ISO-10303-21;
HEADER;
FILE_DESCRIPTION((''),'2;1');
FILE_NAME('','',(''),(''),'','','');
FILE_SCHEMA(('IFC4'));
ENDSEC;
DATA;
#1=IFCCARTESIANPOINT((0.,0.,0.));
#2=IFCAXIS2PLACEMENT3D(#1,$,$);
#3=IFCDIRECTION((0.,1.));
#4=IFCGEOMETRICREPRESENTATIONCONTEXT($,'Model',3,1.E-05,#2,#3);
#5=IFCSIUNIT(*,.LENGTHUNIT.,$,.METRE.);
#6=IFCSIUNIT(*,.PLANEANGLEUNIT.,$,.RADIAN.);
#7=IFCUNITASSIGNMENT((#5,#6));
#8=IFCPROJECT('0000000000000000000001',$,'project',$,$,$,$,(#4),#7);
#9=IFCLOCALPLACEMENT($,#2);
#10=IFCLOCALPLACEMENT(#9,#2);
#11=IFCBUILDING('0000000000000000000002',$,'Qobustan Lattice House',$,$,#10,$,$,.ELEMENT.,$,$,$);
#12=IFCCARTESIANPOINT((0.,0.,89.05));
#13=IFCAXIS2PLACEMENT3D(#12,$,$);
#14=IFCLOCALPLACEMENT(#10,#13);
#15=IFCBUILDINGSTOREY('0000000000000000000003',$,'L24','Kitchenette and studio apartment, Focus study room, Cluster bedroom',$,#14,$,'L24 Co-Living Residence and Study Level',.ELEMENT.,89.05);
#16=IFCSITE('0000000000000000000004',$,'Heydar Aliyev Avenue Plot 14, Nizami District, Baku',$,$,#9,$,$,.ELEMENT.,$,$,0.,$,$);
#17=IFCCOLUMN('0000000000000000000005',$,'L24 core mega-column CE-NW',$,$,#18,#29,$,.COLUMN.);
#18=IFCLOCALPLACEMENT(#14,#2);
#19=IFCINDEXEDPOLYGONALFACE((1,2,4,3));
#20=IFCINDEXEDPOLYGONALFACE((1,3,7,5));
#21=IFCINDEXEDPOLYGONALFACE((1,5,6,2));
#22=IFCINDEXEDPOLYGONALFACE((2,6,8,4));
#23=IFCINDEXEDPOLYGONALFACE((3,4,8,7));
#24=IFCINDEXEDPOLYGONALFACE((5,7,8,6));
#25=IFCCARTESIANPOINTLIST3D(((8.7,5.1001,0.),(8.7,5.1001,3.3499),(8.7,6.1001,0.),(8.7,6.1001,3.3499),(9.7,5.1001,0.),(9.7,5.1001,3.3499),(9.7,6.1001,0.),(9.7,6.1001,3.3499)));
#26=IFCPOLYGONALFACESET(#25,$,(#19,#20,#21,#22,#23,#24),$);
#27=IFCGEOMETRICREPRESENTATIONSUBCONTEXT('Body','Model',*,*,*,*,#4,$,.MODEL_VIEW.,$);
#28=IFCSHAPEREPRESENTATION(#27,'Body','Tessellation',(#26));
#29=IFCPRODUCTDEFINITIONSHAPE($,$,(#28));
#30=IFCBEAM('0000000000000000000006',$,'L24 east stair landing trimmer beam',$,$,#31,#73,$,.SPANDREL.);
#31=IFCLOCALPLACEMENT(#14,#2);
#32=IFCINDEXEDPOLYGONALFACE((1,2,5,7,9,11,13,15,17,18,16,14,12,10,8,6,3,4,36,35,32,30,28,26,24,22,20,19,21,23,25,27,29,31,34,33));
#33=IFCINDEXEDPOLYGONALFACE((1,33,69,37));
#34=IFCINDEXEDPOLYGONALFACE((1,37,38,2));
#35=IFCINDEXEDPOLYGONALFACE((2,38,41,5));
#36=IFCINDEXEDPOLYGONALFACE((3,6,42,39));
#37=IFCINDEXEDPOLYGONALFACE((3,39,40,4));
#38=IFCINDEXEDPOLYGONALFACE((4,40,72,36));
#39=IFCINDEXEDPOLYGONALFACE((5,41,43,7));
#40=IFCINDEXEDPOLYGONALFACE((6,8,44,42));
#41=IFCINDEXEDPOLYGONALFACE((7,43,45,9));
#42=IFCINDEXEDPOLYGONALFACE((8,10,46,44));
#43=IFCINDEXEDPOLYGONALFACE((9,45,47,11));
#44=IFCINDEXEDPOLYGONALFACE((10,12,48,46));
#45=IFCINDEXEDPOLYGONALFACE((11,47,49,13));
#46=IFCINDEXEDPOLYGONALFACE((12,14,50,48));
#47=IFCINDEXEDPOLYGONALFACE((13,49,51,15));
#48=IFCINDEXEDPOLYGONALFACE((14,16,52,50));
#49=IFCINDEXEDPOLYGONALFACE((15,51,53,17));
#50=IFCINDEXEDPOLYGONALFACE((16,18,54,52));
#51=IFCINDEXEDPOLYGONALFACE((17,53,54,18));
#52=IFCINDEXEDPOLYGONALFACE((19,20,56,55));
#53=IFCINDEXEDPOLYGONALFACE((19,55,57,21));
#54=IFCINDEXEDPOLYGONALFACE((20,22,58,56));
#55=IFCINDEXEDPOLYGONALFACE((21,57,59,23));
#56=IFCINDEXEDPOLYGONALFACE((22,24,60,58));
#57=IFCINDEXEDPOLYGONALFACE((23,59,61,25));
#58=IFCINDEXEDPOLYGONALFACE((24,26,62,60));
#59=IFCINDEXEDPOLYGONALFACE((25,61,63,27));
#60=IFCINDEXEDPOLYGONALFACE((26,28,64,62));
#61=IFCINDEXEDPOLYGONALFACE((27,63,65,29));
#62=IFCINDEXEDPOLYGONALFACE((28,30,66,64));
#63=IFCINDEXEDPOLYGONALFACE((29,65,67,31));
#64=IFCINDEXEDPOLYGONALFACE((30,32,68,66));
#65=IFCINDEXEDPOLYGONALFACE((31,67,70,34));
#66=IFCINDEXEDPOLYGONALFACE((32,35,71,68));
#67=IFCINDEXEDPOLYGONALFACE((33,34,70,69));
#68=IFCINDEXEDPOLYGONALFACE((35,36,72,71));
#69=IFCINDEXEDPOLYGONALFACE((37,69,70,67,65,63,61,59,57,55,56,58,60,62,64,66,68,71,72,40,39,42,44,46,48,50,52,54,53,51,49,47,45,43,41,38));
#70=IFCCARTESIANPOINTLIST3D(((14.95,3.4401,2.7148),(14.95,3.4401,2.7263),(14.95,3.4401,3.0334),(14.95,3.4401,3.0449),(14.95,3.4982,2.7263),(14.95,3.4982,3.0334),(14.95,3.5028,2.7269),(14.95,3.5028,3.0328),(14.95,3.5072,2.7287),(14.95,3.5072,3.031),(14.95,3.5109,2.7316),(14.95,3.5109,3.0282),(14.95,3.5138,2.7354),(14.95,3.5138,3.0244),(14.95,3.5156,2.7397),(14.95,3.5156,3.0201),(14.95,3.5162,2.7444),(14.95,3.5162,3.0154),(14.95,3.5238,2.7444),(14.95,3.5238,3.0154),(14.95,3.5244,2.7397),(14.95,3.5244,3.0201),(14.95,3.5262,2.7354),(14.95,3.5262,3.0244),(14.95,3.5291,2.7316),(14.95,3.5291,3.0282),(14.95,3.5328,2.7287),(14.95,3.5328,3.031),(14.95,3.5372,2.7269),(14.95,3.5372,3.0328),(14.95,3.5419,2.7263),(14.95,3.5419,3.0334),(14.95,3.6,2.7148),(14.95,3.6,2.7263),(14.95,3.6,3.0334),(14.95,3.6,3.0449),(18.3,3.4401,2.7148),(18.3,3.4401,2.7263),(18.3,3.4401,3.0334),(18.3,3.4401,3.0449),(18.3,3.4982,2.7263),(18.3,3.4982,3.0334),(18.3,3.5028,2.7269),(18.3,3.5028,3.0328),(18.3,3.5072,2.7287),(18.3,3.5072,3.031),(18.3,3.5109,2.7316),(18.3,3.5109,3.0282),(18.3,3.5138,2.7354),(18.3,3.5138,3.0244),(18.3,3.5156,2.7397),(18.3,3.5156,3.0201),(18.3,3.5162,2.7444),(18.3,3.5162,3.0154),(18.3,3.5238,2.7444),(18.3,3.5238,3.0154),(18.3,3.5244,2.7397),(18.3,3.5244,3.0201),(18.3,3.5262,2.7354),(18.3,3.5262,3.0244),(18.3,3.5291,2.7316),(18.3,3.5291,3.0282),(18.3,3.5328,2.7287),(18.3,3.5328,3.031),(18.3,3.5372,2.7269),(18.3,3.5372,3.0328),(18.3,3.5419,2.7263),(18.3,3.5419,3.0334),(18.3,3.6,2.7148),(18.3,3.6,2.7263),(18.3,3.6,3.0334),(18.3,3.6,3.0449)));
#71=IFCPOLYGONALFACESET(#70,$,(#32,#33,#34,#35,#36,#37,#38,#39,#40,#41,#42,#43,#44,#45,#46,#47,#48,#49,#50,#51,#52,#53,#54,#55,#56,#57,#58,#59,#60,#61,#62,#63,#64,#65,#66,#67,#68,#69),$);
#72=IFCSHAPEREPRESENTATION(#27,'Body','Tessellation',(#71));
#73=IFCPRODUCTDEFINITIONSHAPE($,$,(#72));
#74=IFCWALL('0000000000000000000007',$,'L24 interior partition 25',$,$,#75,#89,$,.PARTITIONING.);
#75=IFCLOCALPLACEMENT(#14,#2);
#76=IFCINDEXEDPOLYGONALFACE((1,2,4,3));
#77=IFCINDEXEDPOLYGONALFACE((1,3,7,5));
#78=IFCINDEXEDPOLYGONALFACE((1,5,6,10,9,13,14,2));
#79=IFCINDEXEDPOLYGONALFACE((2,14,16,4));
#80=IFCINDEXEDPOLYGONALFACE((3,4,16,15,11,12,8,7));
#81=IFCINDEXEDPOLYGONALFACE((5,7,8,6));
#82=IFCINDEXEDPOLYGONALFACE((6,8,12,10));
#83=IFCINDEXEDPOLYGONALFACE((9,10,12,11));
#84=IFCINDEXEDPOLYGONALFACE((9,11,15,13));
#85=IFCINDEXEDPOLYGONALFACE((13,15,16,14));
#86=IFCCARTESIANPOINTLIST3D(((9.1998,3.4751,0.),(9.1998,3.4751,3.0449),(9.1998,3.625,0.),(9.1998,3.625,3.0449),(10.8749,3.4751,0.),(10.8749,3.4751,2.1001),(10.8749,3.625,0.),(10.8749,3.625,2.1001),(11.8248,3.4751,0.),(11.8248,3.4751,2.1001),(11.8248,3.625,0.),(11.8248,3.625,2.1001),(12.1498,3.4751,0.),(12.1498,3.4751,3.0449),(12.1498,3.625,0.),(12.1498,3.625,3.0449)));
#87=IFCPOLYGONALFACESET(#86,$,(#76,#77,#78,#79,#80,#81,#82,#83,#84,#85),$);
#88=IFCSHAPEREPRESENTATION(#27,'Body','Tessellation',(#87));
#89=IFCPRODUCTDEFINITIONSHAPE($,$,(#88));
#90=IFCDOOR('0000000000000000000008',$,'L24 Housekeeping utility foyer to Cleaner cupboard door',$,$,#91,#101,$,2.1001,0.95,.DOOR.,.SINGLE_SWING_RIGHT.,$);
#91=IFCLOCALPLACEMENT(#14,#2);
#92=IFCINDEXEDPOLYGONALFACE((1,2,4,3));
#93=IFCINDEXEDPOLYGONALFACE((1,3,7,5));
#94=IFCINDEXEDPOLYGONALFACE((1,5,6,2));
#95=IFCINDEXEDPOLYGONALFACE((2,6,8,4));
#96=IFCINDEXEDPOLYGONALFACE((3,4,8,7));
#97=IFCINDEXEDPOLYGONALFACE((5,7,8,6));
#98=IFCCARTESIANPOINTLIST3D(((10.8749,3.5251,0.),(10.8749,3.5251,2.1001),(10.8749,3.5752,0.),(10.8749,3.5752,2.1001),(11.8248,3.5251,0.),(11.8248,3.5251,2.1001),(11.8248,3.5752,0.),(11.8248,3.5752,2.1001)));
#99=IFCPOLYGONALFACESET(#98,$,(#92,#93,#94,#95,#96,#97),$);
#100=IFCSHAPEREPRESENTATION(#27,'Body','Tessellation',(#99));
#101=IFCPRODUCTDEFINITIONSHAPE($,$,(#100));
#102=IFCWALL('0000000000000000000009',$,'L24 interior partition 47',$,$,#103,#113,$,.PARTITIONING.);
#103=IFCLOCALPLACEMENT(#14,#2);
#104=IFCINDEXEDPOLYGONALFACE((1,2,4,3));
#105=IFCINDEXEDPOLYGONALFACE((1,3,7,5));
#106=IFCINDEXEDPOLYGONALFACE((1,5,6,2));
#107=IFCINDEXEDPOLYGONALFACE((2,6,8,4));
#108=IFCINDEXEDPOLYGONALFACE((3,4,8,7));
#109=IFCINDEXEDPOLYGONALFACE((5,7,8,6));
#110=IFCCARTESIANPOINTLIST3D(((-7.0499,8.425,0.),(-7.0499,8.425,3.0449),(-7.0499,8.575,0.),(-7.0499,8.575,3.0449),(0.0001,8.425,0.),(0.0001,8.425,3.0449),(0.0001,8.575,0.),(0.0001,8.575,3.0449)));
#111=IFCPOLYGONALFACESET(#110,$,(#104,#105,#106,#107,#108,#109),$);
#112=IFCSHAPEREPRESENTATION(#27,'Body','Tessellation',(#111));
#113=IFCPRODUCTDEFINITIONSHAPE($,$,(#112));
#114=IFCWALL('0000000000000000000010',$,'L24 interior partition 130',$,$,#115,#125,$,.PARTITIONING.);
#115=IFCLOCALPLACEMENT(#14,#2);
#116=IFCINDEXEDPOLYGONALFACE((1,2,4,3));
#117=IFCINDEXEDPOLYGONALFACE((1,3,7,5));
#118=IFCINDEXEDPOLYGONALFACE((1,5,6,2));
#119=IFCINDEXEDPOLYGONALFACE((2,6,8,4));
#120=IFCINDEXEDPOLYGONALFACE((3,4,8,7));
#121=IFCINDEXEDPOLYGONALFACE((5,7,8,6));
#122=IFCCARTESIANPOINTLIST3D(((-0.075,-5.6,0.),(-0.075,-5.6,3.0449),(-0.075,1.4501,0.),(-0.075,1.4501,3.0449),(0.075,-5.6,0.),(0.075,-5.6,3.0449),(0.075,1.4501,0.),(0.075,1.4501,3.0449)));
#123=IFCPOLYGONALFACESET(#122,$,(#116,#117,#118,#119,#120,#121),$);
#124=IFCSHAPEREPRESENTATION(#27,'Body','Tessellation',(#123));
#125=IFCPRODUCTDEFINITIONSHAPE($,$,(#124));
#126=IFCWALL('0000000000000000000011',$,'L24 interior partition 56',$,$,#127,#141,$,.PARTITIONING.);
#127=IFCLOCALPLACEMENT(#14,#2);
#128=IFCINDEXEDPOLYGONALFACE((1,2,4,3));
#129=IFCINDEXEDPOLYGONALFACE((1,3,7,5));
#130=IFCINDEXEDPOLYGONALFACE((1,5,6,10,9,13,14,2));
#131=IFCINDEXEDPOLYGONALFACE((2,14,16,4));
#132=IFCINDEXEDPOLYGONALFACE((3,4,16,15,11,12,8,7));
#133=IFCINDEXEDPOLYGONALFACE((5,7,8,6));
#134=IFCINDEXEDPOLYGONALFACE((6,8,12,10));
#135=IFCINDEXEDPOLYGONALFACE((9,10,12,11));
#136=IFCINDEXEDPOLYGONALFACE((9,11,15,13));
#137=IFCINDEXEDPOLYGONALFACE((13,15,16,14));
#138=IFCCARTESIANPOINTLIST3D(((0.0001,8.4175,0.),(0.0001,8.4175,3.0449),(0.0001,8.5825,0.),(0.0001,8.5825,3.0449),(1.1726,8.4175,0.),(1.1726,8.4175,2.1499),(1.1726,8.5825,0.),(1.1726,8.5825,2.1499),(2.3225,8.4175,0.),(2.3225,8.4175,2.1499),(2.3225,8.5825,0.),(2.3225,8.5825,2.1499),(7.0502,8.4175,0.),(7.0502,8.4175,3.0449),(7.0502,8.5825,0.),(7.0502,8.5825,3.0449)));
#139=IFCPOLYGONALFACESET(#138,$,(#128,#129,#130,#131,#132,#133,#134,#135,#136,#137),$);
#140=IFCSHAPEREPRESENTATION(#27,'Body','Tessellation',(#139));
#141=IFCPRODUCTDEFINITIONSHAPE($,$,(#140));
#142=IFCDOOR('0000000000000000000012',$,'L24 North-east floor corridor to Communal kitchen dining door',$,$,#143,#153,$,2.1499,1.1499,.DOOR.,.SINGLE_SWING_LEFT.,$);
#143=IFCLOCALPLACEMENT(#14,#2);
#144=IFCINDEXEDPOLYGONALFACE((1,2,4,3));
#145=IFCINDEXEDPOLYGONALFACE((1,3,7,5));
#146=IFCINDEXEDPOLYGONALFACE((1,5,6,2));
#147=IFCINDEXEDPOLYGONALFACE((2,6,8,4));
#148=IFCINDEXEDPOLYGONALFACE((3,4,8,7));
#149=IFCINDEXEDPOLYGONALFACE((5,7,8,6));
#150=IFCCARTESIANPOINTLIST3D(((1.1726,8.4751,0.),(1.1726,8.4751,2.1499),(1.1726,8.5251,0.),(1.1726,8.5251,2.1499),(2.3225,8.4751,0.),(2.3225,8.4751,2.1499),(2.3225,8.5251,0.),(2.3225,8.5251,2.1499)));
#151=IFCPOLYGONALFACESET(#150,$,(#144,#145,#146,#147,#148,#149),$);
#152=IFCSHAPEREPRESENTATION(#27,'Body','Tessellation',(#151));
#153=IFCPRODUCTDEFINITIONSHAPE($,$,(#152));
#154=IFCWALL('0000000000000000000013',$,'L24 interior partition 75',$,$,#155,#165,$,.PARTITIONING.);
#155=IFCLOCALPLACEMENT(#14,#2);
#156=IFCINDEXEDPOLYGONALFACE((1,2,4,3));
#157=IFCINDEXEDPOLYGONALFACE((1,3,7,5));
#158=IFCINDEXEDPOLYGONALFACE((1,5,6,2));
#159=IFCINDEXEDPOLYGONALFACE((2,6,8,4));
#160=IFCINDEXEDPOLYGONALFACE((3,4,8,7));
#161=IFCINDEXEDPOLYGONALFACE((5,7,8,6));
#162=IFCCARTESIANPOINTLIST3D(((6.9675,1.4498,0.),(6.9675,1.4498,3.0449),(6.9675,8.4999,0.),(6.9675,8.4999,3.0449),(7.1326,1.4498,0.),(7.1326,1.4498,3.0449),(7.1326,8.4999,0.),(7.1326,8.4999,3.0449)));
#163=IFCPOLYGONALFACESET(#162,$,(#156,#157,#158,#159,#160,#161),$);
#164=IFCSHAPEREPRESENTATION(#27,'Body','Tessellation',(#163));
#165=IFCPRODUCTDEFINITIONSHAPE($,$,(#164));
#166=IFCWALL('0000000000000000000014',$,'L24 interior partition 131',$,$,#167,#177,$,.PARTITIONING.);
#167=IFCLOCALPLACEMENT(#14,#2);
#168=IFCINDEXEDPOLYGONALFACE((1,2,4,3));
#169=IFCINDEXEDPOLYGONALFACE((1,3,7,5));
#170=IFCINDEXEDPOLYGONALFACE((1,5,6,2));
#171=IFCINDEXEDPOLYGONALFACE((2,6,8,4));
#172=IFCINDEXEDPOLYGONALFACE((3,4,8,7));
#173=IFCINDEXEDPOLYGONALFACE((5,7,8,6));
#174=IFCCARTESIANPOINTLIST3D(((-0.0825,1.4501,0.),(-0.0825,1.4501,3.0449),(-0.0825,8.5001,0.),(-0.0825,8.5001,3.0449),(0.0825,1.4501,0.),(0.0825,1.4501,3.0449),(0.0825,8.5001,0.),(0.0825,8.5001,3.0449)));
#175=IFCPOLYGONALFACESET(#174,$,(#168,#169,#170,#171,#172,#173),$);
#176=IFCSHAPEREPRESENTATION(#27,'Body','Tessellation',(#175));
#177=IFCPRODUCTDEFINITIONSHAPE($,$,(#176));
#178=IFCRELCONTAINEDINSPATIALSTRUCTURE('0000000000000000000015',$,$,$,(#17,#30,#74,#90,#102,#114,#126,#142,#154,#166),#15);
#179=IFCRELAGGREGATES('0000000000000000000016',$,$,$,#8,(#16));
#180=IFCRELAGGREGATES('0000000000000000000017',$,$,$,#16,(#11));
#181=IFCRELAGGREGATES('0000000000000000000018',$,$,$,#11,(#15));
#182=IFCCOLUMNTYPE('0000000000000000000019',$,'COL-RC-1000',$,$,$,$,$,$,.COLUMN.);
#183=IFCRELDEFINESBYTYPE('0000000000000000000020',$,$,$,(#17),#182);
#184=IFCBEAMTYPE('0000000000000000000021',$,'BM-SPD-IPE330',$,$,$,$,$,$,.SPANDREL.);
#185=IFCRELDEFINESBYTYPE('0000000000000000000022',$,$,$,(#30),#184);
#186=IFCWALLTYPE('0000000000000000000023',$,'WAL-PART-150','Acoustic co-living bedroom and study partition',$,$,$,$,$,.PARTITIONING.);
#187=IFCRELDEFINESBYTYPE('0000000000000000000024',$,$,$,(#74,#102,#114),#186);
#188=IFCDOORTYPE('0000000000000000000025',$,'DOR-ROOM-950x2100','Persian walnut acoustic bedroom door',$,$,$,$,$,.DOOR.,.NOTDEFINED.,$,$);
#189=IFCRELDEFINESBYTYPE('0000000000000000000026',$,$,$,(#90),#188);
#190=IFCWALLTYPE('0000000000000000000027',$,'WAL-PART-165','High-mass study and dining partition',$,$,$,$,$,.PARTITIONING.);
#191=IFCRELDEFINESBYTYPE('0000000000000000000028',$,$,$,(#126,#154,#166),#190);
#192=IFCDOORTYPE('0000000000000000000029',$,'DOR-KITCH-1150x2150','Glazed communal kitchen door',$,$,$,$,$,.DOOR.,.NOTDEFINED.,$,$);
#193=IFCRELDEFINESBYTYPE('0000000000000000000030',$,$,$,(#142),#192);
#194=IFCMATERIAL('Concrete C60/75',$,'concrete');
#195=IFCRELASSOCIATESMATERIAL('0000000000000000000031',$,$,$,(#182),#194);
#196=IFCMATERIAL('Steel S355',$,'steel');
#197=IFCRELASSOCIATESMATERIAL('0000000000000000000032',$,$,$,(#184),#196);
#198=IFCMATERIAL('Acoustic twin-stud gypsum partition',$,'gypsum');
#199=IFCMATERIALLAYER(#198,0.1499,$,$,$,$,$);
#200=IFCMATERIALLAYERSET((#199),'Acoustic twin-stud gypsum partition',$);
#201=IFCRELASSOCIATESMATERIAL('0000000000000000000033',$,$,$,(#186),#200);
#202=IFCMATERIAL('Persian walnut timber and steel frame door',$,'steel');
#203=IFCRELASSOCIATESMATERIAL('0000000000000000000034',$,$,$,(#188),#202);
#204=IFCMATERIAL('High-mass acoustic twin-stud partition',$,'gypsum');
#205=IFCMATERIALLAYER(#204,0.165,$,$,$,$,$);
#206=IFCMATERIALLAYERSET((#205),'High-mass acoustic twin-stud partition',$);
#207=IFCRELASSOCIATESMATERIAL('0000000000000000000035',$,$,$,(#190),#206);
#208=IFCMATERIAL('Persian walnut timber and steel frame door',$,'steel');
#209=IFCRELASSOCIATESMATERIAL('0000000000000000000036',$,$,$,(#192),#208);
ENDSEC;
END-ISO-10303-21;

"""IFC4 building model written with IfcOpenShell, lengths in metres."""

from ifc_helpers import new_model, si_unit, direction, frame, frame_2d, origin, origin_2d, place, context, subcontext, project, spatial, rectangle, i_section, extrude, material, layer, layer_set, material_profile, profile_set, type_object, element, fill, save


model = new_model("IFC4")

# Units and contexts
model_context = context("Model", 3, precision=1e-05, world=origin(), true_north=direction((0.0, 1.0)))
body_context = subcontext(model_context, "Body", "Model", "MODEL_VIEW")
ifc_project = project(units=[si_unit("LENGTHUNIT", "METRE"), si_unit("PLANEANGLEUNIT", "RADIAN")], contexts=[model_context])

# Site, building, storey
site_placement = place(None, origin())
site = spatial("IfcSite", under=ifc_project, at=site_placement, Name="Heydar Aliyev Avenue Plot 14, Nizami District, Baku", CompositionType="ELEMENT", RefElevation=0.0)
building_placement = place(site_placement, origin())
building = spatial("IfcBuilding", under=site, at=building_placement, Name="Qobustan Lattice House", CompositionType="ELEMENT")
storey_placement = place(building_placement, frame((0.0, 0.0, 89.05)))
storey = spatial("IfcBuildingStorey", under=building, at=storey_placement, Name="L24", Description="Kitchenette and studio apartment, Focus study room, Cluster bedroom", LongName="L24 Co-Living Residence and Study Level", CompositionType="ELEMENT", Elevation=89.05)

# Column
ifc_material_1 = material(Name="Concrete C60/75", Category="concrete")
ifc_material_profile_1 = material_profile(ifc_material_1, rectangle(XDim=1.0, YDim=1.0, at=origin_2d()), Name="RC1000x1000")
ifc_profile_set_1 = profile_set([ifc_material_profile_1], Name="Concrete C60/75")
column_type = type_object("IfcColumnType", Name="COL-RC-1000", PredefinedType="COLUMN", material=ifc_profile_set_1)
column_placement = place(storey_placement, frame((9.2, 5.6001, 0.0), z_axis=(0.0, 0.0, 1.0), x_axis=(1.0, 0.0, 0.0)))
element("IfcColumn", 1, at=column_placement, inside=storey, type_object=column_type, Name="L24 core mega-column CE-NW", PredefinedType="COLUMN", context=body_context, shape_type="SweptSolid", body=[
    extrude(rectangle(XDim=1.0, YDim=1.0, at=origin_2d()), origin(), (0.0, 0.0, 1.0), 3.3499),
])

# Beam
ifc_material_2 = material(Name="Steel S355", Category="steel")
ifc_material_profile_2 = material_profile(ifc_material_2, i_section(OverallWidth=0.1599, OverallDepth=0.3301, WebThickness=0.0076, FlangeThickness=0.0115, FilletRadius=0.0181, at=origin_2d()), Name="IPE330")
ifc_profile_set_2 = profile_set([ifc_material_profile_2], Name="Steel S355")
beam_type = type_object("IfcBeamType", Name="BM-SPD-IPE330", PredefinedType="SPANDREL", material=ifc_profile_set_2)
beam_placement = place(storey_placement, frame((14.95, 3.52, 2.8799), z_axis=(1.0, 0.0, 0.0), x_axis=(0.0, 1.0, 0.0)))
element("IfcBeam", 2, at=beam_placement, inside=storey, type_object=beam_type, Name="L24 east stair landing trimmer beam", PredefinedType="SPANDREL", context=body_context, shape_type="SweptSolid", body=[
    extrude(i_section(OverallWidth=0.1599, OverallDepth=0.3301, WebThickness=0.0076, FlangeThickness=0.0115, FilletRadius=0.0181, at=origin_2d()), origin(), (0.0, 0.0, 1.0), 3.3501),
])

# Wall, opening, door
ifc_material_3 = material(Name="Acoustic twin-stud gypsum partition", Category="gypsum")
ifc_layer_1 = layer(ifc_material_3, 0.1499)
ifc_layer_set_1 = layer_set([ifc_layer_1], Name="Acoustic twin-stud gypsum partition")
wall_type_1 = type_object("IfcWallType", Name="WAL-PART-150", Description="Acoustic co-living bedroom and study partition", PredefinedType="PARTITIONING", material=ifc_layer_set_1)
wall_1_placement = place(storey_placement, frame((12.1499, 3.55, 0.0), z_axis=(0.0, 0.0, 1.0), x_axis=(-1.0, 0.0, 0.0)))
wall_1 = element("IfcWall", 3, at=wall_1_placement, inside=storey, type_object=wall_type_1, Name="L24 interior partition 25", PredefinedType="PARTITIONING", context=body_context, shape_type="SweptSolid", body=[
    extrude(rectangle(XDim=2.95, YDim=0.1499, at=frame_2d((1.4751, 0.0))), origin(), (0.0, 0.0, 1.0), 3.0449),
])
opening_1_placement = place(wall_1_placement, frame((0.325, 0.0, 0.0)))
opening_1 = element("IfcOpeningElement", 4, at=opening_1_placement, cuts=wall_1, PredefinedType="OPENING", context=body_context, shape_type="SweptSolid", body=[
    extrude(rectangle(XDim=0.95, YDim=2.1001, at=frame_2d((0.4751, 1.05))), frame((0.0, 0.085, 0.0), z_axis=(0.0, -1.0, 0.0), x_axis=(1.0, 0.0, 0.0)), (0.0, 0.0, 1.0), 0.1699),
])
ifc_material_4 = material(Name="Persian walnut timber and steel frame door", Category="steel")
door_type_1 = type_object("IfcDoorType", Name="DOR-ROOM-950x2100", Description="Persian walnut acoustic bedroom door", OperationType="NOTDEFINED", PredefinedType="DOOR", material=ifc_material_4)
door_1_placement = place(opening_1_placement, origin())
door_1 = element("IfcDoor", 5, at=door_1_placement, inside=storey, type_object=door_type_1, Name="L24 Housekeeping utility foyer to Cleaner cupboard door", OperationType="SINGLE_SWING_RIGHT", OverallHeight=2.1001, OverallWidth=0.95, PredefinedType="DOOR", context=body_context, shape_type="SweptSolid", body=[
    extrude(rectangle(XDim=0.95, YDim=2.1001, at=frame_2d((0.4751, 1.05))), frame((0.0, 0.0249, 0.0), z_axis=(0.0, -1.0, 0.0), x_axis=(1.0, 0.0, 0.0)), (0.0, 0.0, 1.0), 0.05),
])
fill(opening_1, door_1)

# Walls
for number, where, z_axis, x_axis, name in (
    (6, (0.0, 8.5, 0.0), (0.0, 0.0, 1.0), (-1.0, 0.0, 0.0), "L24 interior partition 47"),
    (7, (0.0, 1.45, 0.0), (0.0, 0.0, 1.0), (0.0, -1.0, 0.0), "L24 interior partition 130"),
):
    element("IfcWall", number, at=place(storey_placement, frame(where, z_axis=z_axis, x_axis=x_axis)), inside=storey, type_object=wall_type_1, Name=name, PredefinedType="PARTITIONING", context=body_context, shape_type="SweptSolid", body=[
        extrude(rectangle(XDim=7.05, YDim=0.1499, at=frame_2d((3.5249, 0.0))), origin(), (0.0, 0.0, 1.0), 3.0449),
    ])

# Wall, opening, door
ifc_material_5 = material(Name="High-mass acoustic twin-stud partition", Category="gypsum")
ifc_layer_2 = layer(ifc_material_5, 0.165)
ifc_layer_set_2 = layer_set([ifc_layer_2], Name="High-mass acoustic twin-stud partition")
wall_type_2 = type_object("IfcWallType", Name="WAL-PART-165", Description="High-mass study and dining partition", PredefinedType="PARTITIONING", material=ifc_layer_set_2)
wall_2_placement = place(storey_placement, frame((7.05, 8.5, 0.0), z_axis=(0.0, 0.0, 1.0), x_axis=(-1.0, 0.0, 0.0)))
wall_2 = element("IfcWall", 8, at=wall_2_placement, inside=storey, type_object=wall_type_2, Name="L24 interior partition 56", PredefinedType="PARTITIONING", context=body_context, shape_type="SweptSolid", body=[
    extrude(rectangle(XDim=7.05, YDim=0.165, at=frame_2d((3.5249, 0.0))), origin(), (0.0, 0.0, 1.0), 3.0449),
])
opening_2_placement = place(wall_2_placement, frame((4.7275, 0.0, 0.0)))
opening_2 = element("IfcOpeningElement", 9, at=opening_2_placement, cuts=wall_2, PredefinedType="OPENING", context=body_context, shape_type="SweptSolid", body=[
    extrude(rectangle(XDim=1.1499, YDim=2.1499, at=frame_2d((0.575, 1.075))), frame((0.0, 0.0925, 0.0), z_axis=(0.0, -1.0, 0.0), x_axis=(1.0, 0.0, 0.0)), (0.0, 0.0, 1.0), 0.1851),
])
ifc_material_6 = material(Name="Persian walnut timber and steel frame door", Category="steel")
door_type_2 = type_object("IfcDoorType", Name="DOR-KITCH-1150x2150", Description="Glazed communal kitchen door", OperationType="NOTDEFINED", PredefinedType="DOOR", material=ifc_material_6)
door_2_placement = place(opening_2_placement, origin())
door_2 = element("IfcDoor", 10, at=door_2_placement, inside=storey, type_object=door_type_2, Name="L24 North-east floor corridor to Communal kitchen dining door", OperationType="SINGLE_SWING_LEFT", OverallHeight=2.1499, OverallWidth=1.1499, PredefinedType="DOOR", context=body_context, shape_type="SweptSolid", body=[
    extrude(rectangle(XDim=1.1499, YDim=2.1499, at=frame_2d((0.575, 1.075))), frame((0.0, 0.0249, 0.0), z_axis=(0.0, -1.0, 0.0), x_axis=(1.0, 0.0, 0.0)), (0.0, 0.0, 1.0), 0.05),
])
fill(opening_2, door_2)

# Walls
for number, where, z_axis, x_axis, name in (
    (11, (7.05, 1.45, 0.0), (0.0, 0.0, 1.0), (0.0, 1.0, 0.0), "L24 interior partition 75"),
    (12, (0.0, 8.5, 0.0), (0.0, 0.0, 1.0), (0.0, -1.0, 0.0), "L24 interior partition 131"),
):
    element("IfcWall", number, at=place(storey_placement, frame(where, z_axis=z_axis, x_axis=x_axis)), inside=storey, type_object=wall_type_2, Name=name, PredefinedType="PARTITIONING", context=body_context, shape_type="SweptSolid", body=[
        extrude(rectangle(XDim=7.05, YDim=0.165, at=frame_2d((3.5249, 0.0))), origin(), (0.0, 0.0, 1.0), 3.0449),
    ])

save(model, "model.ifc")
